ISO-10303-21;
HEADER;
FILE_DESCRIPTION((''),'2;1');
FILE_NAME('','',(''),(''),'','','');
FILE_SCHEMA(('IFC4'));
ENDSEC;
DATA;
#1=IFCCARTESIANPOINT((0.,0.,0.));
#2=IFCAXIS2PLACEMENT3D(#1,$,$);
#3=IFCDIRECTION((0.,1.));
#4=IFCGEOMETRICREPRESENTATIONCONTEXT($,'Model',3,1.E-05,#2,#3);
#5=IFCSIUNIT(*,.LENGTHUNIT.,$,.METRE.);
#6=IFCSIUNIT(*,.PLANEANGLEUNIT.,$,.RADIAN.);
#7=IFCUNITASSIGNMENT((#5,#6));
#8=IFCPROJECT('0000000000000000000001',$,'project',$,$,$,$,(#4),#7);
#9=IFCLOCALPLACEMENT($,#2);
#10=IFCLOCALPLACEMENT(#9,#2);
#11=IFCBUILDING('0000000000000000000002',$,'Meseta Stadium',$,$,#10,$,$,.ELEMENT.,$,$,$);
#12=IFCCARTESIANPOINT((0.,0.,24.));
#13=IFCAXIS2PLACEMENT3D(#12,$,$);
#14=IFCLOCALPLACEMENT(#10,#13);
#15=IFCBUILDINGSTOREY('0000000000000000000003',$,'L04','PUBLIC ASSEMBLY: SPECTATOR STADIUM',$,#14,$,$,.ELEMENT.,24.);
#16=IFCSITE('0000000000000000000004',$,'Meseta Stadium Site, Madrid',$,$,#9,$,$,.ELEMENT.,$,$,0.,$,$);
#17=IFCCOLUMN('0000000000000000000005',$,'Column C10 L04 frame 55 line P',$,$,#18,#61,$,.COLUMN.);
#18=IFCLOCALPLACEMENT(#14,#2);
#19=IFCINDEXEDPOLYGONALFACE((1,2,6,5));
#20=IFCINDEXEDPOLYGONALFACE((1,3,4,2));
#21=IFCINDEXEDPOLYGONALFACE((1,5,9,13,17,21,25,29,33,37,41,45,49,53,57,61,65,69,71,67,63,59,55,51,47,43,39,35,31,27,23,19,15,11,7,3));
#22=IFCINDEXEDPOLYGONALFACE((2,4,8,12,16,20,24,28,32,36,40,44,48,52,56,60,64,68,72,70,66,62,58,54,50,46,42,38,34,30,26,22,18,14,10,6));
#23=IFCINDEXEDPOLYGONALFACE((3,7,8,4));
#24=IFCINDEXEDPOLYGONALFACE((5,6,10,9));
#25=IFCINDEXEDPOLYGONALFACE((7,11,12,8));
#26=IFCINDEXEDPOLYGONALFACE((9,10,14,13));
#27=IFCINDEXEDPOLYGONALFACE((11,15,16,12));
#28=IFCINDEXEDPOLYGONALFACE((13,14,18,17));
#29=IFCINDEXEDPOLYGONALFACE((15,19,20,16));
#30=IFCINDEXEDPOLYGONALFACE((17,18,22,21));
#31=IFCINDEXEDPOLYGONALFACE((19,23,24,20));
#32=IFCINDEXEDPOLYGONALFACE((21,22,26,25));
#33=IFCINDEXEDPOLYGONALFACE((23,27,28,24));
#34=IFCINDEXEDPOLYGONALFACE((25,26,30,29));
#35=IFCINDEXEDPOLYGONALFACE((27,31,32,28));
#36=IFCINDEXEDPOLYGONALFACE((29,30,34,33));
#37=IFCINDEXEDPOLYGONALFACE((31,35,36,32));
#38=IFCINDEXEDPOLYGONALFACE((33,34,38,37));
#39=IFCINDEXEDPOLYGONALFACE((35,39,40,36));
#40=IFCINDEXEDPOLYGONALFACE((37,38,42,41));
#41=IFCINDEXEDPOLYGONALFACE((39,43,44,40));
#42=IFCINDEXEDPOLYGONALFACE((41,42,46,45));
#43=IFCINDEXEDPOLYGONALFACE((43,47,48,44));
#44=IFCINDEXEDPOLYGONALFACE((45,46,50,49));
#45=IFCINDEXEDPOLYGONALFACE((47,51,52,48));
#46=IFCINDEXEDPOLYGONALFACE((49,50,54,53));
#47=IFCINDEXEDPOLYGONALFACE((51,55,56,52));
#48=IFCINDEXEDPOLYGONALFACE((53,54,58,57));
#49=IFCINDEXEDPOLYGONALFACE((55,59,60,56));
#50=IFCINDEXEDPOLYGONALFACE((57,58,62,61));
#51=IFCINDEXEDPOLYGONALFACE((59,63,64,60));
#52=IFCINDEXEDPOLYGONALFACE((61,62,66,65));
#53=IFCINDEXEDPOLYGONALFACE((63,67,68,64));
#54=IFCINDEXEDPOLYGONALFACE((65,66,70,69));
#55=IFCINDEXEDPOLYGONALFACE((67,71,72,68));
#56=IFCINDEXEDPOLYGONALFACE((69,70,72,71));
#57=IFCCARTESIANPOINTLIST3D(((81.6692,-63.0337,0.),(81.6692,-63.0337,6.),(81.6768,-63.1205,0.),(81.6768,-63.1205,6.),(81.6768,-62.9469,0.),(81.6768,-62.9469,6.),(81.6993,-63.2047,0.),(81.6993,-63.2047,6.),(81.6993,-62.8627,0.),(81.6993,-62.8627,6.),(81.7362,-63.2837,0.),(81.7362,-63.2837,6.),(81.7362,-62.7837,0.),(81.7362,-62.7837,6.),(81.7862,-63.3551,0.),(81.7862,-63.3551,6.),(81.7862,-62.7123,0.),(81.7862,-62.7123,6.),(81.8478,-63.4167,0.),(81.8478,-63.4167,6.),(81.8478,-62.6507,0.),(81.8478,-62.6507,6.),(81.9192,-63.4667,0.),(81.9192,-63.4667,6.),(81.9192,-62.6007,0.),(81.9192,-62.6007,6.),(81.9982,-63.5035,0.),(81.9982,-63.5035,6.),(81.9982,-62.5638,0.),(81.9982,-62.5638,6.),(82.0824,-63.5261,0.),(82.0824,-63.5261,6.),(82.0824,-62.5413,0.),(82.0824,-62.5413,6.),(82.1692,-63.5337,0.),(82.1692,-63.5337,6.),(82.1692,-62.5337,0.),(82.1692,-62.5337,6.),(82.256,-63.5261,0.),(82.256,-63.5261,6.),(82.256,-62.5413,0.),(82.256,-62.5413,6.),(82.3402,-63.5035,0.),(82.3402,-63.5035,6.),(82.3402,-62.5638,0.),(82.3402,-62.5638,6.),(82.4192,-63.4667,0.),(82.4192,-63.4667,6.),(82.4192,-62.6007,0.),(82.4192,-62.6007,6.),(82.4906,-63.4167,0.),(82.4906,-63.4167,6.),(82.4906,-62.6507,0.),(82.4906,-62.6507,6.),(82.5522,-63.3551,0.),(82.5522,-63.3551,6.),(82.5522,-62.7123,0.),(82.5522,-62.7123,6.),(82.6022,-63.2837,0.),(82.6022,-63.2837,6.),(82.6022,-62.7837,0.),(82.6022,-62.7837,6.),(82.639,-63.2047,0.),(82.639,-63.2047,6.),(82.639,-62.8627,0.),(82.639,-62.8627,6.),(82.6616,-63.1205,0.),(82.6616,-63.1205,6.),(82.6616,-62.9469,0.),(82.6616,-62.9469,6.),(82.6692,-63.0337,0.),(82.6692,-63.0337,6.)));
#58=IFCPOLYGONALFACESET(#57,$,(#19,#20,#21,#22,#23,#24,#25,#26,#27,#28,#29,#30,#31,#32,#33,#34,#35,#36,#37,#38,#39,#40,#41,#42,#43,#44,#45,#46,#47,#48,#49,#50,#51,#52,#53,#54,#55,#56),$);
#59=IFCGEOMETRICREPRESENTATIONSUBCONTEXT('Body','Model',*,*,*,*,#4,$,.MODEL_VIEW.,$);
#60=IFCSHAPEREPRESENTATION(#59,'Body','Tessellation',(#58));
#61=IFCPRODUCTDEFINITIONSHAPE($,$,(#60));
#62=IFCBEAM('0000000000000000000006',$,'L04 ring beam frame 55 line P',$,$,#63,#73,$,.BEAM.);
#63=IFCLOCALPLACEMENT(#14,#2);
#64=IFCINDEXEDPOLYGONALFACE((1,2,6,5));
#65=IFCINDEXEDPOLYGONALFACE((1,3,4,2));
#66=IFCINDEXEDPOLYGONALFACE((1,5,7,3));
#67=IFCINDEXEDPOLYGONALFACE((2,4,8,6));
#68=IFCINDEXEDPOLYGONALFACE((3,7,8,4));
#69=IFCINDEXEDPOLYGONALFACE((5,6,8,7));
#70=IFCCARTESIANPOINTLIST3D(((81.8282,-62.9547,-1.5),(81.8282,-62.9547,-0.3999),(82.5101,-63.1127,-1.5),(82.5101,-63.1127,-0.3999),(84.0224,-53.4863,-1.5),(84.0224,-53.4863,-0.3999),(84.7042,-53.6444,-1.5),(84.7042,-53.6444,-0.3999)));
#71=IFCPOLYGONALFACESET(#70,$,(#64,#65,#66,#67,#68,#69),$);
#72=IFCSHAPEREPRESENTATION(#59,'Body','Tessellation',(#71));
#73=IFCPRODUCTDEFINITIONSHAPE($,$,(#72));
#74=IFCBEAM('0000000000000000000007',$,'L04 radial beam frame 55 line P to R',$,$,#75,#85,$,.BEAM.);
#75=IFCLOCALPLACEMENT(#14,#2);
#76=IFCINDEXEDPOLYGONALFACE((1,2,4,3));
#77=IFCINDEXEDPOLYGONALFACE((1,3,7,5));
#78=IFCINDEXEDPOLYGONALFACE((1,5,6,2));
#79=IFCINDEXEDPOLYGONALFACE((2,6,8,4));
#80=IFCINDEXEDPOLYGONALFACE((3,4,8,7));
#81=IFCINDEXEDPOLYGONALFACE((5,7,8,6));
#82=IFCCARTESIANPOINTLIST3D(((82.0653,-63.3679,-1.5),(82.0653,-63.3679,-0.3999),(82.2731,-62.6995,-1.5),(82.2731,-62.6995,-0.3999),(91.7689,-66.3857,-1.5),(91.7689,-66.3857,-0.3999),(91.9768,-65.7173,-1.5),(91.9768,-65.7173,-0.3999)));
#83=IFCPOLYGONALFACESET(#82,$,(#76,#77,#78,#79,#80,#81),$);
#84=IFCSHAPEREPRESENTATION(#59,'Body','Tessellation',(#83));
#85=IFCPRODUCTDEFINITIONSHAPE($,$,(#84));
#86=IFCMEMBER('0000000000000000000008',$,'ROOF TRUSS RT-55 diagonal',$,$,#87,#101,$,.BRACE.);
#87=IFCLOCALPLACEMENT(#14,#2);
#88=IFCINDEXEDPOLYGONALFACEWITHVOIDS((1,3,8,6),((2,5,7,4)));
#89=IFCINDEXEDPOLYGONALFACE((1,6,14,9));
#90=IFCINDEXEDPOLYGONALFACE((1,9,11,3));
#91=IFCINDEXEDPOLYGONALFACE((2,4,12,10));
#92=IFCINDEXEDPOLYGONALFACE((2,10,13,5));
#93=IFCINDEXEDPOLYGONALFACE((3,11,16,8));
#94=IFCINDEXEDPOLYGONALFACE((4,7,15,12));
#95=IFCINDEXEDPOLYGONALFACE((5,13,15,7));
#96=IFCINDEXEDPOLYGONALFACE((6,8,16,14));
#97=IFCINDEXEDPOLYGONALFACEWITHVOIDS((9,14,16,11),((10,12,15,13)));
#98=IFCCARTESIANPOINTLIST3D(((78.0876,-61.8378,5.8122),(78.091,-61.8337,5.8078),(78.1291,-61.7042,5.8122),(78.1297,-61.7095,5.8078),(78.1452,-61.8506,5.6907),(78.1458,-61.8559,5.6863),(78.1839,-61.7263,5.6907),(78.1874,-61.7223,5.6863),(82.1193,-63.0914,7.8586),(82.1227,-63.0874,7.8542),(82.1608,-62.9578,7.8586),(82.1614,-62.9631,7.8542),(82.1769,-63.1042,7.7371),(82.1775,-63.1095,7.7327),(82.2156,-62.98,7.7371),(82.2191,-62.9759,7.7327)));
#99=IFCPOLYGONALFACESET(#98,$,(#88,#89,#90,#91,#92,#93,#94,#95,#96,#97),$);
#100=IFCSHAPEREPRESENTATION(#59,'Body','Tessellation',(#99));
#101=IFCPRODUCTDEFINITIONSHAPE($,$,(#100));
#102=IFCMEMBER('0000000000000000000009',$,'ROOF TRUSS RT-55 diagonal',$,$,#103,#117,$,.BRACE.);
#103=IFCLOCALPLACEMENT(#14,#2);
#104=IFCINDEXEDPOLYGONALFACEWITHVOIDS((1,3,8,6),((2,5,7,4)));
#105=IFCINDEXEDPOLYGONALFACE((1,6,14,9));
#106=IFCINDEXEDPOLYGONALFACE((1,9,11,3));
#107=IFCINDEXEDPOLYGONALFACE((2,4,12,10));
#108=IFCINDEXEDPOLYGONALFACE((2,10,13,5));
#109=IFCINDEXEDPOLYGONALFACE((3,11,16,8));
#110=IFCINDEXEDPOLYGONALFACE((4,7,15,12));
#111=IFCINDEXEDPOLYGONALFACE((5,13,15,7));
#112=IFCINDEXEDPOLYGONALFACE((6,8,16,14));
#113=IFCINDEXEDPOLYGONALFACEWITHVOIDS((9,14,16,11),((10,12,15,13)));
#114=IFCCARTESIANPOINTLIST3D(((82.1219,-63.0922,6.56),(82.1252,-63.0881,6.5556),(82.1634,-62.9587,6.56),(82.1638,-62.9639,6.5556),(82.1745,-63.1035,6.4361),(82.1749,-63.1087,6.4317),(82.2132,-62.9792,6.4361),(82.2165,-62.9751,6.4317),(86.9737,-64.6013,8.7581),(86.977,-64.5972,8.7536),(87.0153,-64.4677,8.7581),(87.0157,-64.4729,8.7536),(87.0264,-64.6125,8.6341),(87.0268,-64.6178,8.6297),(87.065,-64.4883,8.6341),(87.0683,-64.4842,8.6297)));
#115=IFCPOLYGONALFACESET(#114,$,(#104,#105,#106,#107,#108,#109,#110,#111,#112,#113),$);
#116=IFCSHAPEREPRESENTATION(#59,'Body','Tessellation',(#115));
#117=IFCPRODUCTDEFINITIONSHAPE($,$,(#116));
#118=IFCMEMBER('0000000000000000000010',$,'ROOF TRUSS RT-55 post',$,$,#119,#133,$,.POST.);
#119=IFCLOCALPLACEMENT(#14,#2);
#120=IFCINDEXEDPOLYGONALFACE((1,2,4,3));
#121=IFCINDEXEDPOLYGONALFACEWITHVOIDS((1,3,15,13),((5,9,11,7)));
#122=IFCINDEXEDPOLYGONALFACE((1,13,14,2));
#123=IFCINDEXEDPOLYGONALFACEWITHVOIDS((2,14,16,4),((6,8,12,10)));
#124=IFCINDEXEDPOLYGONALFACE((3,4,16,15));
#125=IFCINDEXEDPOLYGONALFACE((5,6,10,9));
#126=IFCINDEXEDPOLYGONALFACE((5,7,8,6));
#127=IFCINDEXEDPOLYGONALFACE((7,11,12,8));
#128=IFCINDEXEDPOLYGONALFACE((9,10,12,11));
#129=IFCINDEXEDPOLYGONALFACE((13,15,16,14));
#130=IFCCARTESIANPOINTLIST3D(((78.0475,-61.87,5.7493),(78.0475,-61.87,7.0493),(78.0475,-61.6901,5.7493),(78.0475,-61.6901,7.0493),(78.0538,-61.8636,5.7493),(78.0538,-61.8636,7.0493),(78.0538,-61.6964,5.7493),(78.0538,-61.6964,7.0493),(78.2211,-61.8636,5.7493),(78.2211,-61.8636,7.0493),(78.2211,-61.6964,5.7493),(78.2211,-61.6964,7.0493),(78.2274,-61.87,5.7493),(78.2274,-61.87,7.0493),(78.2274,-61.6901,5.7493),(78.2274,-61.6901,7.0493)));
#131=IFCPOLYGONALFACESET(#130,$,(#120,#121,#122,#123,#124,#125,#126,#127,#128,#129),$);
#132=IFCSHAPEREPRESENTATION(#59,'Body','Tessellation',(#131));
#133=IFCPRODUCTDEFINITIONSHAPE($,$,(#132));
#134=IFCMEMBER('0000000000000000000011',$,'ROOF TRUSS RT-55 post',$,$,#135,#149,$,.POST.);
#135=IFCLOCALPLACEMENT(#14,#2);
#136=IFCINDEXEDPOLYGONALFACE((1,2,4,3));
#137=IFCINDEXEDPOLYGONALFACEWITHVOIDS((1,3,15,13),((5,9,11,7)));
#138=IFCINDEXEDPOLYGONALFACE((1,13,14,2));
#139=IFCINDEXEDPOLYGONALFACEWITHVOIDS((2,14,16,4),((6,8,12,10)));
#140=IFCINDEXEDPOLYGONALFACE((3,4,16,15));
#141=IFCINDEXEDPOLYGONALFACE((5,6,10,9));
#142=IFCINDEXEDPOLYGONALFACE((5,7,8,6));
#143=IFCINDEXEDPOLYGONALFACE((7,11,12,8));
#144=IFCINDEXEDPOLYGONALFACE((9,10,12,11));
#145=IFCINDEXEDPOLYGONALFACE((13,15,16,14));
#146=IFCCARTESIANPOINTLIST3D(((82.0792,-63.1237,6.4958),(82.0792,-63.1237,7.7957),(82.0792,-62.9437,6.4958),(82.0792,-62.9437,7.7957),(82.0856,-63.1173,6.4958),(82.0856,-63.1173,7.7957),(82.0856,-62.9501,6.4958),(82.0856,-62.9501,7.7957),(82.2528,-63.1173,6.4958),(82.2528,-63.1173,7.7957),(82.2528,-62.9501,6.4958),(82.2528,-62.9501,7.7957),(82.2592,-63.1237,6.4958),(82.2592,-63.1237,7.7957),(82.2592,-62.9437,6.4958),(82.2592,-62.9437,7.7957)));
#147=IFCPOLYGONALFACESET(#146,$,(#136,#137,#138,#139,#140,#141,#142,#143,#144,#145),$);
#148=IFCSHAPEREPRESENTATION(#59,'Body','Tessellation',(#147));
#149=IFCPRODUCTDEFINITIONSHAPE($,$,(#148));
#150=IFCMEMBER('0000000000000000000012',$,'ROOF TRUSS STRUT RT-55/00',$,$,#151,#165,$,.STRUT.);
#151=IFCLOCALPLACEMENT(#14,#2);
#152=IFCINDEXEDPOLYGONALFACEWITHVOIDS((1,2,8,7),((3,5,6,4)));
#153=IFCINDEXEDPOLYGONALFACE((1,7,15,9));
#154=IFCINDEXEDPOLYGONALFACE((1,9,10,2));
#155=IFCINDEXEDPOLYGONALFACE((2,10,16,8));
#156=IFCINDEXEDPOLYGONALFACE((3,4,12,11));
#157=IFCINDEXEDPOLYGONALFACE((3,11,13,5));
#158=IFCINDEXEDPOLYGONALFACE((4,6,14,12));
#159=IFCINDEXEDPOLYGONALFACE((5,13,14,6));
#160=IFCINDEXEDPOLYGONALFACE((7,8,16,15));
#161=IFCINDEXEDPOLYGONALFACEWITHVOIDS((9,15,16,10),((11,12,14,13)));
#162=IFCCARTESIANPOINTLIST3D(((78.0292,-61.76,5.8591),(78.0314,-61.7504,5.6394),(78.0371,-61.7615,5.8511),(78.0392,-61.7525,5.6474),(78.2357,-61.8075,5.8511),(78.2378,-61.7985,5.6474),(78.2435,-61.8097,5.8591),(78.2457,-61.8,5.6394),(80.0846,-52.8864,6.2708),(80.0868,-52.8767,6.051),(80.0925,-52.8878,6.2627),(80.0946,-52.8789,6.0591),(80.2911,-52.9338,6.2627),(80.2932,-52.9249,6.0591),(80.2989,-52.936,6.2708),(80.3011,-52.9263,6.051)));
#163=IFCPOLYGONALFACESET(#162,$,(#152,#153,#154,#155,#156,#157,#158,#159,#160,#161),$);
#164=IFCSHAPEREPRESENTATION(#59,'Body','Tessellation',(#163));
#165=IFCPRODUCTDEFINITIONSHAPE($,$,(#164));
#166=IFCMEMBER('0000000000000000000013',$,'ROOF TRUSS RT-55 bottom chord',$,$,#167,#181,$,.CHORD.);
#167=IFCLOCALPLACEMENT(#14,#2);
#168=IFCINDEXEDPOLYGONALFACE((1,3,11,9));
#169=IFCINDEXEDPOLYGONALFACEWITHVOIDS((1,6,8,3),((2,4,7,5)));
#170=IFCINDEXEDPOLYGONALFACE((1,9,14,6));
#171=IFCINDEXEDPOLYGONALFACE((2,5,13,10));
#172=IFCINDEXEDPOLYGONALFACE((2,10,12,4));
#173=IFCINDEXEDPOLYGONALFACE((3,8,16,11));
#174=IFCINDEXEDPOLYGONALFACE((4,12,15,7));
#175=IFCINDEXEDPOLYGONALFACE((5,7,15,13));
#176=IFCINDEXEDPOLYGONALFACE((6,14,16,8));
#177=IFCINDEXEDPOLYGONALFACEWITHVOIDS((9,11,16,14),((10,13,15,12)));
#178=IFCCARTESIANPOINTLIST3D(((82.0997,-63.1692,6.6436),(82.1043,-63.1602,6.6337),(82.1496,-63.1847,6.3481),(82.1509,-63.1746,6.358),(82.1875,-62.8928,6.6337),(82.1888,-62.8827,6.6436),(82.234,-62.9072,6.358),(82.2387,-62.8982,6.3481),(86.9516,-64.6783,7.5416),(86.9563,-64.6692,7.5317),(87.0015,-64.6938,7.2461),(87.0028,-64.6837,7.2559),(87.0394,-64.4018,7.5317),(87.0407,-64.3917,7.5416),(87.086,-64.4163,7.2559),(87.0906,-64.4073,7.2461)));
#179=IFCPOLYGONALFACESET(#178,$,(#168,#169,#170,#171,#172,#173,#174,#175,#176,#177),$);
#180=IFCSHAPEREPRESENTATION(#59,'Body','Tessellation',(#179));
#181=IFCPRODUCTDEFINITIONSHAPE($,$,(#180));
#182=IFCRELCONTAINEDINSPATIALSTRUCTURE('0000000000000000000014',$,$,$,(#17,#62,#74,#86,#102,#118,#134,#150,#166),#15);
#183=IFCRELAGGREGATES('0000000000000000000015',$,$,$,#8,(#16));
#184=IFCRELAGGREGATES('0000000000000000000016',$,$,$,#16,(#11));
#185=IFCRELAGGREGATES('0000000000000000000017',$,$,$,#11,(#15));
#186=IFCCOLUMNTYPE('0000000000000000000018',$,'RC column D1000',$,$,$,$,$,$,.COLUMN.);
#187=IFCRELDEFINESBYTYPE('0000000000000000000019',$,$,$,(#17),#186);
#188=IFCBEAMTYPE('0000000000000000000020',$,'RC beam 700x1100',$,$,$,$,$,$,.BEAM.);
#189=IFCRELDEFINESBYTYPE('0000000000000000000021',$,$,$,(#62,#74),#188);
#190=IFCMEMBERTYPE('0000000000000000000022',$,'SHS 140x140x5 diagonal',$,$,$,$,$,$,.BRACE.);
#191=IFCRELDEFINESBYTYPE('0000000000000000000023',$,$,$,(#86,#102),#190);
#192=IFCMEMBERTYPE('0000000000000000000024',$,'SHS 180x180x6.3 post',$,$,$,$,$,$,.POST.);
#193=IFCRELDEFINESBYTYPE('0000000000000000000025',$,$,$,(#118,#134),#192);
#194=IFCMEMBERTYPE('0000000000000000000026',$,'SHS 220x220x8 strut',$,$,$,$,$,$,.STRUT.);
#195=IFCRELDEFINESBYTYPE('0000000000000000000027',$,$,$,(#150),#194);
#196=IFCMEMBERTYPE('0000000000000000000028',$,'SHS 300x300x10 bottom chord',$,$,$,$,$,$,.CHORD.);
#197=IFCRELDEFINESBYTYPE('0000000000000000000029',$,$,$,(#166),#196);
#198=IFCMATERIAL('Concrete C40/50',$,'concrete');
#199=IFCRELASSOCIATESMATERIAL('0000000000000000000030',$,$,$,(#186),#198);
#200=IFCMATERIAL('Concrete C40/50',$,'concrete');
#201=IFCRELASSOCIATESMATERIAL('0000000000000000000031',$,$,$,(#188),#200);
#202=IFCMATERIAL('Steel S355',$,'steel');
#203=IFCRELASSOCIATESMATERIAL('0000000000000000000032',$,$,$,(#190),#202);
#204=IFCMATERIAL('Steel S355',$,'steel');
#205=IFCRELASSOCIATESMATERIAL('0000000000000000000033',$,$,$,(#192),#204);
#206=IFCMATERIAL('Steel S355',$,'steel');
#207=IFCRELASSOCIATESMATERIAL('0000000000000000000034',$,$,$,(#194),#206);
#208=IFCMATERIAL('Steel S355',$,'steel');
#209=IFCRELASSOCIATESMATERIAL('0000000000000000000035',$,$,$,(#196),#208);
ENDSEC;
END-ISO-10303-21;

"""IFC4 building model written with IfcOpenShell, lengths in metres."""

from ifc_helpers import new_model, si_unit, direction, frame, origin, origin_2d, place, context, subcontext, project, spatial, rectangle, hollow_rectangle, circle, extrude, material, material_profile, profile_set, type_object, element, save


model = new_model("IFC4")

# Units and contexts
model_context = context("Model", 3, precision=1e-05, world=origin(), true_north=direction((0.0, 1.0)))
body_context = subcontext(model_context, "Body", "Model", "MODEL_VIEW")
ifc_project = project(units=[si_unit("LENGTHUNIT", "METRE"), si_unit("PLANEANGLEUNIT", "RADIAN")], contexts=[model_context])

# Site, building, storey
site_placement = place(None, origin())
site = spatial("IfcSite", under=ifc_project, at=site_placement, Name="Meseta Stadium Site, Madrid", CompositionType="ELEMENT", RefElevation=0.0)
building_placement = place(site_placement, origin())
building = spatial("IfcBuilding", under=site, at=building_placement, Name="Meseta Stadium", CompositionType="ELEMENT")
storey_placement = place(building_placement, frame((0.0, 0.0, 24.0)))
storey = spatial("IfcBuildingStorey", under=building, at=storey_placement, Name="L04", Description="PUBLIC ASSEMBLY: SPECTATOR STADIUM", CompositionType="ELEMENT", Elevation=24.0)

# Column
ifc_material_1 = material(Name="Concrete C40/50", Category="concrete")
ifc_material_profile_1 = material_profile(ifc_material_1, circle(Radius=0.5, at=origin_2d()), Name="RC D1000")
ifc_profile_set_1 = profile_set([ifc_material_profile_1], Name="Concrete C40/50")
column_type = type_object("IfcColumnType", Name="RC column D1000", PredefinedType="COLUMN", material=ifc_profile_set_1)
column_placement = place(storey_placement, frame((82.1692, -63.0337, 0.0), z_axis=(0.0, 0.0, 1.0), x_axis=(1.0, 0.0, 0.0)))
element("IfcColumn", 1, at=column_placement, inside=storey, type_object=column_type, Name="Column C10 L04 frame 55 line P", PredefinedType="COLUMN", context=body_context, shape_type="SweptSolid", body=[
    extrude(circle(Radius=0.5, at=origin_2d()), origin(), (0.0, 0.0, 1.0), 6.0),
])

# Beams
ifc_material_2 = material(Name="Concrete C40/50", Category="concrete")
ifc_material_profile_2 = material_profile(ifc_material_2, rectangle(XDim=0.7, YDim=1.1001, at=origin_2d()), Name="RC 700x1100")
ifc_profile_set_2 = profile_set([ifc_material_profile_2], Name="Concrete C40/50")
beam_type = type_object("IfcBeamType", Name="RC beam 700x1100", PredefinedType="BEAM", material=ifc_profile_set_2)
beam_1_placement = place(storey_placement, frame((82.1692, -63.0337, -0.95), z_axis=(0.225749, 0.974185, 0.0), x_axis=(-0.974185, 0.225749, 0.0)))
element("IfcBeam", 2, at=beam_1_placement, inside=storey, type_object=beam_type, Name="L04 ring beam frame 55 line P", PredefinedType="BEAM", context=body_context, shape_type="SweptSolid", body=[
    extrude(rectangle(XDim=0.7, YDim=1.1001, at=origin_2d()), origin(), (0.0, 0.0, 1.0), 9.7192),
])
beam_2_placement = place(storey_placement, frame((82.1692, -63.0337, -0.95), z_axis=(0.954887, -0.29697, 0.0), x_axis=(0.29697, 0.954887, 0.0)))
element("IfcBeam", 3, at=beam_2_placement, inside=storey, type_object=beam_type, Name="L04 radial beam frame 55 line P to R", PredefinedType="BEAM", context=body_context, shape_type="SweptSolid", body=[
    extrude(rectangle(XDim=0.7, YDim=1.1001, at=origin_2d()), origin(), (0.0, 0.0, 1.0), 10.1621),
])

# Members
ifc_material_3 = material(Name="Steel S355", Category="steel")
ifc_material_profile_3 = material_profile(ifc_material_3, hollow_rectangle(XDim=0.1399, YDim=0.1399, WallThickness=0.0049, at=origin_2d()), Name="SHS 140x140x5")
ifc_profile_set_3 = profile_set([ifc_material_profile_3], Name="Steel S355")
member_type_1 = type_object("IfcMemberType", Name="SHS 140x140x5 diagonal", PredefinedType="BRACE", material=ifc_profile_set_3)
member_1_placement = place(storey_placement, frame((78.1375, -61.78, 5.7493), z_axis=(0.859291, -0.267195, 0.43615), x_axis=(0.296925, 0.954901, 0.0)))
element("IfcMember", 4, at=member_1_placement, inside=storey, type_object=member_type_1, Name="ROOF TRUSS RT-55 diagonal", PredefinedType="BRACE", context=body_context, shape_type="SweptSolid", body=[
    extrude(hollow_rectangle(XDim=0.1399, YDim=0.1399, WallThickness=0.0049, at=origin_2d()), origin(), (0.0, 0.0, 1.0), 4.6919),
])
member_2_placement = place(storey_placement, frame((82.1692, -63.0337, 6.4958), z_axis=(0.876394, -0.272581, 0.39703), x_axis=(0.296992, 0.95488, 0.0)))
element("IfcMember", 5, at=member_2_placement, inside=storey, type_object=member_type_1, Name="ROOF TRUSS RT-55 diagonal", PredefinedType="BRACE", context=body_context, shape_type="SweptSolid", body=[
    extrude(hollow_rectangle(XDim=0.1399, YDim=0.1399, WallThickness=0.0049, at=origin_2d()), origin(), (0.0, 0.0, 1.0), 5.5361),
])
ifc_material_4 = material(Name="Steel S355", Category="steel")
ifc_material_profile_4 = material_profile(ifc_material_4, hollow_rectangle(XDim=0.1799, YDim=0.1799, WallThickness=0.0063, at=origin_2d()), Name="SHS 180x180x6.3")
ifc_profile_set_4 = profile_set([ifc_material_profile_4], Name="Steel S355")
member_type_2 = type_object("IfcMemberType", Name="SHS 180x180x6.3 post", PredefinedType="POST", material=ifc_profile_set_4)
member_3_placement = place(storey_placement, frame((78.1375, -61.78, 5.7493), z_axis=(0.0, 0.0, 1.0), x_axis=(1.0, 0.0, 0.0)))
element("IfcMember", 6, at=member_3_placement, inside=storey, type_object=member_type_2, Name="ROOF TRUSS RT-55 post", PredefinedType="POST", context=body_context, shape_type="SweptSolid", body=[
    extrude(hollow_rectangle(XDim=0.1799, YDim=0.1799, WallThickness=0.0063, at=origin_2d()), origin(), (0.0, 0.0, 1.0), 1.3),
])
member_4_placement = place(storey_placement, frame((82.1692, -63.0337, 6.4958), z_axis=(0.0, 0.0, 1.0), x_axis=(1.0, 0.0, 0.0)))
element("IfcMember", 7, at=member_4_placement, inside=storey, type_object=member_type_2, Name="ROOF TRUSS RT-55 post", PredefinedType="POST", context=body_context, shape_type="SweptSolid", body=[
    extrude(hollow_rectangle(XDim=0.1799, YDim=0.1799, WallThickness=0.0063, at=origin_2d()), origin(), (0.0, 0.0, 1.0), 1.2998),
])
ifc_material_5 = material(Name="Steel S355", Category="steel")
ifc_material_profile_5 = material_profile(ifc_material_5, hollow_rectangle(XDim=0.22, YDim=0.22, WallThickness=0.0081, at=origin_2d()), Name="SHS 220x220x8")
ifc_profile_set_5 = profile_set([ifc_material_profile_5], Name="Steel S355")
member_type_3 = type_object("IfcMemberType", Name="SHS 220x220x8 strut", PredefinedType="STRUT", material=ifc_profile_set_5)
member_5_placement = place(storey_placement, frame((78.1375, -61.78, 5.7493), z_axis=(0.225424, 0.973214, 0.045144), x_axis=(-0.974207, 0.225654, 0.0)))
element("IfcMember", 8, at=member_5_placement, inside=storey, type_object=member_type_3, Name="ROOF TRUSS STRUT RT-55/00", PredefinedType="STRUT", context=body_context, shape_type="SweptSolid", body=[
    extrude(hollow_rectangle(XDim=0.22, YDim=0.22, WallThickness=0.0081, at=origin_2d()), origin(), (0.0, 0.0, 1.0), 9.1179),
])
ifc_material_6 = material(Name="Steel S355", Category="steel")
ifc_material_profile_6 = material_profile(ifc_material_6, hollow_rectangle(XDim=0.3, YDim=0.3, WallThickness=0.01, at=origin_2d()), Name="SHS 300x300x10")
ifc_profile_set_6 = profile_set([ifc_material_profile_6], Name="Steel S355")
member_type_4 = type_object("IfcMemberType", Name="SHS 300x300x10 bottom chord", PredefinedType="CHORD", material=ifc_profile_set_6)
member_6_placement = place(storey_placement, frame((82.1692, -63.0337, 6.4958), z_axis=(0.940309, -0.29246, 0.174028), x_axis=(0.296992, 0.95488, 0.0)))
element("IfcMember", 9, at=member_6_placement, inside=storey, type_object=member_type_4, Name="ROOF TRUSS RT-55 bottom chord", PredefinedType="CHORD", context=body_context, shape_type="SweptSolid", body=[
    extrude(hollow_rectangle(XDim=0.3, YDim=0.3, WallThickness=0.01, at=origin_2d()), origin(), (0.0, 0.0, 1.0), 5.1599),
])

save(model, "model.ifc")
